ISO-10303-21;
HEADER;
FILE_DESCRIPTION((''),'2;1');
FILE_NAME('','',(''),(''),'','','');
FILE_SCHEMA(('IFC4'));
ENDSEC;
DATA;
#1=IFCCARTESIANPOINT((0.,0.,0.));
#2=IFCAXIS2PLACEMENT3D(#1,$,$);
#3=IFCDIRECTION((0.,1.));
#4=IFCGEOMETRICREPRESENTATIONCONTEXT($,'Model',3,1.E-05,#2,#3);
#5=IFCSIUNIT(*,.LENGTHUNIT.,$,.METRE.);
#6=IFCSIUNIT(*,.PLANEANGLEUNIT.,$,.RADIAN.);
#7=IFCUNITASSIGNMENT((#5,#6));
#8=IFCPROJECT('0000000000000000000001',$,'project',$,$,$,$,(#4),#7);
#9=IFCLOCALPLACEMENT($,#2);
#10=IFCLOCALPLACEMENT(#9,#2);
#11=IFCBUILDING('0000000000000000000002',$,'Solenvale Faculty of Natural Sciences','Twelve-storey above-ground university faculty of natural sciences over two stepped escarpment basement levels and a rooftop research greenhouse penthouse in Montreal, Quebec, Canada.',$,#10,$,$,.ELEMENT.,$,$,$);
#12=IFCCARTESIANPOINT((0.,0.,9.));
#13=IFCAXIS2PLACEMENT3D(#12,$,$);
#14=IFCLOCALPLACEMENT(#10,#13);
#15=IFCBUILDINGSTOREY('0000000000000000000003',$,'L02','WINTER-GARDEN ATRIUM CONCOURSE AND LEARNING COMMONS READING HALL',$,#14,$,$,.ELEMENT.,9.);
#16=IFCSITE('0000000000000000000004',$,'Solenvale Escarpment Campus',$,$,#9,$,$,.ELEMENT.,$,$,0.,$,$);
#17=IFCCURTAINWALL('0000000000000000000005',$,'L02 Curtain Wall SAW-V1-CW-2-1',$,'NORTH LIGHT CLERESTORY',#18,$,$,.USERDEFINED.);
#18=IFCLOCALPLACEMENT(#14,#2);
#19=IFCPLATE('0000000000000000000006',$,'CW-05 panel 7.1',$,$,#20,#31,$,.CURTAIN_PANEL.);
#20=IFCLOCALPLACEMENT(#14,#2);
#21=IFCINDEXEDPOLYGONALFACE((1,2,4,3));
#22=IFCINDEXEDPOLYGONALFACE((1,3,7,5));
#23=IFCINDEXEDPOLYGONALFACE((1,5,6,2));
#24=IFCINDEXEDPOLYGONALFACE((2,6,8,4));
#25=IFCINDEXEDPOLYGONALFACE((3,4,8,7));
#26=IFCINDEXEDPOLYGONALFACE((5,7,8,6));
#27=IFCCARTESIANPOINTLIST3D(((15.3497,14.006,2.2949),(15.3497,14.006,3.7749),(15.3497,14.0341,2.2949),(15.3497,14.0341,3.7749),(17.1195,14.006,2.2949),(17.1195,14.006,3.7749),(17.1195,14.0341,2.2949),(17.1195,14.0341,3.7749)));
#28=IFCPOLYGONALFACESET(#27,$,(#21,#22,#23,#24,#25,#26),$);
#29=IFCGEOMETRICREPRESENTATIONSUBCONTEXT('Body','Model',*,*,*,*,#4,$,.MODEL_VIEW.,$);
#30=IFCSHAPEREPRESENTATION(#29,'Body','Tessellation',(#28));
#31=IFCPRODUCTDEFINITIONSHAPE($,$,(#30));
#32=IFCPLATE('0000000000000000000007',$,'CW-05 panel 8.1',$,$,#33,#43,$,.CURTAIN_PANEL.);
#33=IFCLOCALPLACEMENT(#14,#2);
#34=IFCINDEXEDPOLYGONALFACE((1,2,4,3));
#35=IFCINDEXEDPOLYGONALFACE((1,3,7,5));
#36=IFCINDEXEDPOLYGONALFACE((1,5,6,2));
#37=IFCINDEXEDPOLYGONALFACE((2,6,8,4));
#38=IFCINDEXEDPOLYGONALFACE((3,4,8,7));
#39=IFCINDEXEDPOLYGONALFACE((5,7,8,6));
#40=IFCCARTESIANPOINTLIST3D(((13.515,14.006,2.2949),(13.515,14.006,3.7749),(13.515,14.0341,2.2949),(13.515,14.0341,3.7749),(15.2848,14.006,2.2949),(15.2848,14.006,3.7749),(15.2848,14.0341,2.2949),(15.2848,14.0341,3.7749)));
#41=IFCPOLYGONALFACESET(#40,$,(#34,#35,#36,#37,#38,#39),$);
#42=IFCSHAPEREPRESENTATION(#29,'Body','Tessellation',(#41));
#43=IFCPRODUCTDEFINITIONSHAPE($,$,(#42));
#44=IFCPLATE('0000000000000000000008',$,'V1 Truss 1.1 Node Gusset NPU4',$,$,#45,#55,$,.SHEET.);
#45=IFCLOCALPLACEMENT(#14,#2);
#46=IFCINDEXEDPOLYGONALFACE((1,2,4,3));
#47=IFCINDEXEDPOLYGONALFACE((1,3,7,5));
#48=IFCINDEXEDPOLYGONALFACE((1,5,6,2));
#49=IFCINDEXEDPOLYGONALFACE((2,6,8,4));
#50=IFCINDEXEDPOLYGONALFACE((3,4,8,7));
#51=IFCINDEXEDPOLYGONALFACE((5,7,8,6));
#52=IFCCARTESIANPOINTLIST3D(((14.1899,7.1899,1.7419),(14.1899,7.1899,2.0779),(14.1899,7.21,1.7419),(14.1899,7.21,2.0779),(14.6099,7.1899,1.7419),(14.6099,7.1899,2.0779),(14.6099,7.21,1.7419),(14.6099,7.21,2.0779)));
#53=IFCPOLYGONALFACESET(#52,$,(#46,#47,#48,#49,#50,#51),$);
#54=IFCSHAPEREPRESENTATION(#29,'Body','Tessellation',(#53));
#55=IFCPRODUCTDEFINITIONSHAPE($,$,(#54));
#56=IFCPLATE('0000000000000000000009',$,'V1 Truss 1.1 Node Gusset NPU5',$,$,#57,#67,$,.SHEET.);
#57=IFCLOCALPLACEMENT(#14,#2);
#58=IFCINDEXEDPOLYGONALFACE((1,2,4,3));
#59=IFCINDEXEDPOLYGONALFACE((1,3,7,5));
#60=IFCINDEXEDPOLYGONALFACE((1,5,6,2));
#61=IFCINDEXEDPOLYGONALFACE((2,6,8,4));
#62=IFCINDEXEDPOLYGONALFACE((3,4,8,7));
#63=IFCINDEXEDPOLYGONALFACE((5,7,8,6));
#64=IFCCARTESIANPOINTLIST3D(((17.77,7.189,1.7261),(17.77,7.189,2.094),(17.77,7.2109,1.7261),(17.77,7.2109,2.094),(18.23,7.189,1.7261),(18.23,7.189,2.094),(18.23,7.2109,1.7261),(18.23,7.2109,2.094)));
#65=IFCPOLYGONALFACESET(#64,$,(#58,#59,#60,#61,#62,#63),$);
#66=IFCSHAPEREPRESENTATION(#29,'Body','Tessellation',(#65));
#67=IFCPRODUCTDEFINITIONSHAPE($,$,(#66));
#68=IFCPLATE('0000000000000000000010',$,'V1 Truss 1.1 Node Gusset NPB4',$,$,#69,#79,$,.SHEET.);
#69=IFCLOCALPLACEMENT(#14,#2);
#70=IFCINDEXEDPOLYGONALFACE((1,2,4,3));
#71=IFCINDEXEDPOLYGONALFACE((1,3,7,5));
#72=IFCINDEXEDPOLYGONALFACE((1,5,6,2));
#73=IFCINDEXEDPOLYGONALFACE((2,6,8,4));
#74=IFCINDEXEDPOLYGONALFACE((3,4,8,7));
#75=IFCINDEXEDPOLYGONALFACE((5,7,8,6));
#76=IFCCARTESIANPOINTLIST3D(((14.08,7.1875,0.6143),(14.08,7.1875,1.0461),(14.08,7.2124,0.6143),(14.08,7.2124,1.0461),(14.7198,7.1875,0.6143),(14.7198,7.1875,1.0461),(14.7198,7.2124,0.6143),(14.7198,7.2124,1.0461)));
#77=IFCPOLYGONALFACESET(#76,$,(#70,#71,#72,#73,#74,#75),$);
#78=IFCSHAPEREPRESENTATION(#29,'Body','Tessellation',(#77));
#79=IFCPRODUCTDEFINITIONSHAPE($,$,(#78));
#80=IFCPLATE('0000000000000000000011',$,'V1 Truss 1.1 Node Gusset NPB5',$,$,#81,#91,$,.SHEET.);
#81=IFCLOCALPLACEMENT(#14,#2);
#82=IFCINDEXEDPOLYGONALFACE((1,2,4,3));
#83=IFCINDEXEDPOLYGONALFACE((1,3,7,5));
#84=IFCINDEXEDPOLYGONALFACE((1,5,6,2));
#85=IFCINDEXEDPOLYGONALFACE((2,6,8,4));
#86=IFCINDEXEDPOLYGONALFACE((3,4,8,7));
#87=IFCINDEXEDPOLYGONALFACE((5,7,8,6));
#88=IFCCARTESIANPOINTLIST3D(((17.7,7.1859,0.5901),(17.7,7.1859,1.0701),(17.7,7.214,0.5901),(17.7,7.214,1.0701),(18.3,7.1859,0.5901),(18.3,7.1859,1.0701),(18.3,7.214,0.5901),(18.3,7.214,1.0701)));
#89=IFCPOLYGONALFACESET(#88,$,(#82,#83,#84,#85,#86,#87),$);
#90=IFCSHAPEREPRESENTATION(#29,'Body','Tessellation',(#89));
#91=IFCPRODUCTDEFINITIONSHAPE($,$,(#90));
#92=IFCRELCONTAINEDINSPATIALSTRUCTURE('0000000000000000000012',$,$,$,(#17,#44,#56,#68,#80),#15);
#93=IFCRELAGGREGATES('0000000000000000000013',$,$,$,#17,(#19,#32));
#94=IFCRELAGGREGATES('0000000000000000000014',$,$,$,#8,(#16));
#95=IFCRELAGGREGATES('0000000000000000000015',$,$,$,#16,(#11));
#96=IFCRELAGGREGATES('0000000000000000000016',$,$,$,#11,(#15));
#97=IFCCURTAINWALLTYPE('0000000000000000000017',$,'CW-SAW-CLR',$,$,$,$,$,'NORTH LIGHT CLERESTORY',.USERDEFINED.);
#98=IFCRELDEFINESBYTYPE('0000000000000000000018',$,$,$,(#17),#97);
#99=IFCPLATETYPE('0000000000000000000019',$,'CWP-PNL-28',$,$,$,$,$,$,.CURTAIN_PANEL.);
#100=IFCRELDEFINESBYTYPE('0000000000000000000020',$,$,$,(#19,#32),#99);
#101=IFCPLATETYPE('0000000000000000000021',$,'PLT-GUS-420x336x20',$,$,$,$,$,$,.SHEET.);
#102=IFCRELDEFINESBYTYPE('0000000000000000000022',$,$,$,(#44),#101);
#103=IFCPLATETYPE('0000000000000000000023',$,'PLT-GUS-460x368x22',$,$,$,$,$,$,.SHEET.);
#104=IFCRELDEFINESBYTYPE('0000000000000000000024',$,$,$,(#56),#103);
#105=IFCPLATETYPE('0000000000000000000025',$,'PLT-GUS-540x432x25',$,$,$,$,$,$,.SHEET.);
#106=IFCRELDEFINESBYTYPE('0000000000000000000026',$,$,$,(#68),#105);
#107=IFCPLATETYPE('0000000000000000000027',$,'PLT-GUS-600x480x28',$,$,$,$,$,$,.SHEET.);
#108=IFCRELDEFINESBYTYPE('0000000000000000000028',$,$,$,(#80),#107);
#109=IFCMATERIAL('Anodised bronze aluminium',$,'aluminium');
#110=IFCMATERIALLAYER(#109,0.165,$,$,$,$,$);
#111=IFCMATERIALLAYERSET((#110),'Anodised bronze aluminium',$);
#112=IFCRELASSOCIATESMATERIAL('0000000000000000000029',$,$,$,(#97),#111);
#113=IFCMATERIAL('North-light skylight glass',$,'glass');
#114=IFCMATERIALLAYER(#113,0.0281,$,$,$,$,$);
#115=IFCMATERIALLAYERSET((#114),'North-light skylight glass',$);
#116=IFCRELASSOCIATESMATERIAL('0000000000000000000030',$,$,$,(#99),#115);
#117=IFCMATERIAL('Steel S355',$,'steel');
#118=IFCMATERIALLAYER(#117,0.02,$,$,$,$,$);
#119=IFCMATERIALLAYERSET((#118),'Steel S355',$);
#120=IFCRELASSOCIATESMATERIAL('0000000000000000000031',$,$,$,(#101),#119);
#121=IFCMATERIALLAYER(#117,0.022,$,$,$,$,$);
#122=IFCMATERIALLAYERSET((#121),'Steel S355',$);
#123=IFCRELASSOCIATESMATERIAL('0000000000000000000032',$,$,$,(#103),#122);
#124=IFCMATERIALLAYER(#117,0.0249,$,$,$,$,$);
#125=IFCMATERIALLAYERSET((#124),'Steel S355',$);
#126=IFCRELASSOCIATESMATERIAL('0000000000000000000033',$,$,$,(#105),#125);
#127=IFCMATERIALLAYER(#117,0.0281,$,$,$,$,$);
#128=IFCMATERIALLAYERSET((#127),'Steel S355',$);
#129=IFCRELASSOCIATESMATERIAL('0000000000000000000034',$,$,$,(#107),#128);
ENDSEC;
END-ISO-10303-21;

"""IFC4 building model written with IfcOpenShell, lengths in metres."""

from ifc_helpers import new_model, si_unit, direction, frame, origin, origin_2d, place, context, subcontext, project, spatial, rectangle, extrude, material, layer, layer_set, type_object, element, aggregate, save


model = new_model("IFC4")

# Units and contexts
model_context = context("Model", 3, precision=1e-05, world=origin(), true_north=direction((0.0, 1.0)))
body_context = subcontext(model_context, "Body", "Model", "MODEL_VIEW")
ifc_project = project(units=[si_unit("LENGTHUNIT", "METRE"), si_unit("PLANEANGLEUNIT", "RADIAN")], contexts=[model_context])

# Site, building, storey
site_placement = place(None, origin())
site = spatial("IfcSite", under=ifc_project, at=site_placement, Name="Solenvale Escarpment Campus", CompositionType="ELEMENT", RefElevation=0.0)
building_placement = place(site_placement, origin())
building = spatial("IfcBuilding", under=site, at=building_placement, Name="Solenvale Faculty of Natural Sciences", Description="Twelve-storey above-ground university faculty of natural sciences over two stepped escarpment basement levels and a rooftop research greenhouse penthouse in Montreal, Quebec, Canada.", CompositionType="ELEMENT")
storey_placement = place(building_placement, frame((0.0, 0.0, 9.0)))
storey = spatial("IfcBuildingStorey", under=building, at=storey_placement, Name="L02", Description="WINTER-GARDEN ATRIUM CONCOURSE AND LEARNING COMMONS READING HALL", CompositionType="ELEMENT", Elevation=9.0)

# Curtain wall
ifc_material_1 = material(Name="Anodised bronze aluminium", Category="aluminium")
ifc_layer_1 = layer(ifc_material_1, 0.165)
ifc_layer_set_1 = layer_set([ifc_layer_1], Name="Anodised bronze aluminium")
curtain_wall_type = type_object("IfcCurtainWallType", Name="CW-SAW-CLR", ElementType="NORTH LIGHT CLERESTORY", PredefinedType="USERDEFINED", material=ifc_layer_set_1)
curtain_wall_1_placement = place(storey_placement, origin())
curtain_wall_1 = element("IfcCurtainWall", 1, at=curtain_wall_1_placement, inside=storey, type_object=curtain_wall_type, Name="L02 Curtain Wall SAW-V1-CW-2-1", ObjectType="NORTH LIGHT CLERESTORY", PredefinedType="USERDEFINED")

# Shared definitions
ifc_material_2 = material(Name="Steel S355", Category="steel")

# Plates
ifc_material_3 = material(Name="North-light skylight glass", Category="glass")
ifc_layer_2 = layer(ifc_material_3, 0.0281)
ifc_layer_set_2 = layer_set([ifc_layer_2], Name="North-light skylight glass")
plate_type_1 = type_object("IfcPlateType", Name="CWP-PNL-28", PredefinedType="CURTAIN_PANEL", material=ifc_layer_set_2)
plate_1_placement = place(storey_placement, frame((16.2346, 14.02, 2.2949), z_axis=(0.0, 0.0, 1.0), x_axis=(-1.0, 0.0, 0.0)))
plate_1 = element("IfcPlate", 2, at=plate_1_placement, type_object=plate_type_1, Name="CW-05 panel 7.1", PredefinedType="CURTAIN_PANEL", context=body_context, shape_type="SweptSolid", body=[
    extrude(rectangle(XDim=1.7698, YDim=0.0281, at=origin_2d()), origin(), (0.0, 0.0, 1.0), 1.48),
])
plate_2_placement = place(storey_placement, frame((14.3999, 14.02, 2.2949), z_axis=(0.0, 0.0, 1.0), x_axis=(-1.0, 0.0, 0.0)))
plate_2 = element("IfcPlate", 3, at=plate_2_placement, type_object=plate_type_1, Name="CW-05 panel 8.1", PredefinedType="CURTAIN_PANEL", context=body_context, shape_type="SweptSolid", body=[
    extrude(rectangle(XDim=1.7698, YDim=0.0281, at=origin_2d()), origin(), (0.0, 0.0, 1.0), 1.48),
])
aggregate(curtain_wall_1, [plate_1, plate_2])

# Plates
ifc_layer_3 = layer(ifc_material_2, 0.02)
ifc_layer_set_3 = layer_set([ifc_layer_3], Name="Steel S355")
plate_type_2 = type_object("IfcPlateType", Name="PLT-GUS-420x336x20", PredefinedType="SHEET", material=ifc_layer_set_3)
plate_3_placement = place(storey_placement, frame((14.3999, 7.2, 1.7419), z_axis=(0.0, 0.0, 1.0), x_axis=(1.0, 0.0, 0.0)))
element("IfcPlate", 4, at=plate_3_placement, inside=storey, type_object=plate_type_2, Name="V1 Truss 1.1 Node Gusset NPU4", PredefinedType="SHEET", context=body_context, shape_type="SweptSolid", body=[
    extrude(rectangle(XDim=0.4199, YDim=0.02, at=origin_2d()), origin(), (0.0, 0.0, 1.0), 0.3359),
])
ifc_layer_4 = layer(ifc_material_2, 0.022)
ifc_layer_set_4 = layer_set([ifc_layer_4], Name="Steel S355")
plate_type_3 = type_object("IfcPlateType", Name="PLT-GUS-460x368x22", PredefinedType="SHEET", material=ifc_layer_set_4)
plate_4_placement = place(storey_placement, frame((18.0, 7.2, 1.7261), z_axis=(0.0, 0.0, 1.0), x_axis=(1.0, 0.0, 0.0)))
element("IfcPlate", 5, at=plate_4_placement, inside=storey, type_object=plate_type_3, Name="V1 Truss 1.1 Node Gusset NPU5", PredefinedType="SHEET", context=body_context, shape_type="SweptSolid", body=[
    extrude(rectangle(XDim=0.46, YDim=0.022, at=origin_2d()), origin(), (0.0, 0.0, 1.0), 0.3679),
])
ifc_layer_5 = layer(ifc_material_2, 0.0249)
ifc_layer_set_5 = layer_set([ifc_layer_5], Name="Steel S355")
plate_type_4 = type_object("IfcPlateType", Name="PLT-GUS-540x432x25", PredefinedType="SHEET", material=ifc_layer_set_5)
plate_5_placement = place(storey_placement, frame((14.3999, 7.2, 0.6143), z_axis=(0.0, 0.0, 1.0), x_axis=(1.0, 0.0, 0.0)))
element("IfcPlate", 6, at=plate_5_placement, inside=storey, type_object=plate_type_4, Name="V1 Truss 1.1 Node Gusset NPB4", PredefinedType="SHEET", context=body_context, shape_type="SweptSolid", body=[
    extrude(rectangle(XDim=0.6399, YDim=0.0249, at=origin_2d()), origin(), (0.0, 0.0, 1.0), 0.4319),
])
ifc_layer_6 = layer(ifc_material_2, 0.0281)
ifc_layer_set_6 = layer_set([ifc_layer_6], Name="Steel S355")
plate_type_5 = type_object("IfcPlateType", Name="PLT-GUS-600x480x28", PredefinedType="SHEET", material=ifc_layer_set_6)
plate_6_placement = place(storey_placement, frame((18.0, 7.2, 0.5901), z_axis=(0.0, 0.0, 1.0), x_axis=(1.0, 0.0, 0.0)))
element("IfcPlate", 7, at=plate_6_placement, inside=storey, type_object=plate_type_5, Name="V1 Truss 1.1 Node Gusset NPB5", PredefinedType="SHEET", context=body_context, shape_type="SweptSolid", body=[
    extrude(rectangle(XDim=0.6001, YDim=0.0281, at=origin_2d()), origin(), (0.0, 0.0, 1.0), 0.48),
])

save(model, "model.ifc")
